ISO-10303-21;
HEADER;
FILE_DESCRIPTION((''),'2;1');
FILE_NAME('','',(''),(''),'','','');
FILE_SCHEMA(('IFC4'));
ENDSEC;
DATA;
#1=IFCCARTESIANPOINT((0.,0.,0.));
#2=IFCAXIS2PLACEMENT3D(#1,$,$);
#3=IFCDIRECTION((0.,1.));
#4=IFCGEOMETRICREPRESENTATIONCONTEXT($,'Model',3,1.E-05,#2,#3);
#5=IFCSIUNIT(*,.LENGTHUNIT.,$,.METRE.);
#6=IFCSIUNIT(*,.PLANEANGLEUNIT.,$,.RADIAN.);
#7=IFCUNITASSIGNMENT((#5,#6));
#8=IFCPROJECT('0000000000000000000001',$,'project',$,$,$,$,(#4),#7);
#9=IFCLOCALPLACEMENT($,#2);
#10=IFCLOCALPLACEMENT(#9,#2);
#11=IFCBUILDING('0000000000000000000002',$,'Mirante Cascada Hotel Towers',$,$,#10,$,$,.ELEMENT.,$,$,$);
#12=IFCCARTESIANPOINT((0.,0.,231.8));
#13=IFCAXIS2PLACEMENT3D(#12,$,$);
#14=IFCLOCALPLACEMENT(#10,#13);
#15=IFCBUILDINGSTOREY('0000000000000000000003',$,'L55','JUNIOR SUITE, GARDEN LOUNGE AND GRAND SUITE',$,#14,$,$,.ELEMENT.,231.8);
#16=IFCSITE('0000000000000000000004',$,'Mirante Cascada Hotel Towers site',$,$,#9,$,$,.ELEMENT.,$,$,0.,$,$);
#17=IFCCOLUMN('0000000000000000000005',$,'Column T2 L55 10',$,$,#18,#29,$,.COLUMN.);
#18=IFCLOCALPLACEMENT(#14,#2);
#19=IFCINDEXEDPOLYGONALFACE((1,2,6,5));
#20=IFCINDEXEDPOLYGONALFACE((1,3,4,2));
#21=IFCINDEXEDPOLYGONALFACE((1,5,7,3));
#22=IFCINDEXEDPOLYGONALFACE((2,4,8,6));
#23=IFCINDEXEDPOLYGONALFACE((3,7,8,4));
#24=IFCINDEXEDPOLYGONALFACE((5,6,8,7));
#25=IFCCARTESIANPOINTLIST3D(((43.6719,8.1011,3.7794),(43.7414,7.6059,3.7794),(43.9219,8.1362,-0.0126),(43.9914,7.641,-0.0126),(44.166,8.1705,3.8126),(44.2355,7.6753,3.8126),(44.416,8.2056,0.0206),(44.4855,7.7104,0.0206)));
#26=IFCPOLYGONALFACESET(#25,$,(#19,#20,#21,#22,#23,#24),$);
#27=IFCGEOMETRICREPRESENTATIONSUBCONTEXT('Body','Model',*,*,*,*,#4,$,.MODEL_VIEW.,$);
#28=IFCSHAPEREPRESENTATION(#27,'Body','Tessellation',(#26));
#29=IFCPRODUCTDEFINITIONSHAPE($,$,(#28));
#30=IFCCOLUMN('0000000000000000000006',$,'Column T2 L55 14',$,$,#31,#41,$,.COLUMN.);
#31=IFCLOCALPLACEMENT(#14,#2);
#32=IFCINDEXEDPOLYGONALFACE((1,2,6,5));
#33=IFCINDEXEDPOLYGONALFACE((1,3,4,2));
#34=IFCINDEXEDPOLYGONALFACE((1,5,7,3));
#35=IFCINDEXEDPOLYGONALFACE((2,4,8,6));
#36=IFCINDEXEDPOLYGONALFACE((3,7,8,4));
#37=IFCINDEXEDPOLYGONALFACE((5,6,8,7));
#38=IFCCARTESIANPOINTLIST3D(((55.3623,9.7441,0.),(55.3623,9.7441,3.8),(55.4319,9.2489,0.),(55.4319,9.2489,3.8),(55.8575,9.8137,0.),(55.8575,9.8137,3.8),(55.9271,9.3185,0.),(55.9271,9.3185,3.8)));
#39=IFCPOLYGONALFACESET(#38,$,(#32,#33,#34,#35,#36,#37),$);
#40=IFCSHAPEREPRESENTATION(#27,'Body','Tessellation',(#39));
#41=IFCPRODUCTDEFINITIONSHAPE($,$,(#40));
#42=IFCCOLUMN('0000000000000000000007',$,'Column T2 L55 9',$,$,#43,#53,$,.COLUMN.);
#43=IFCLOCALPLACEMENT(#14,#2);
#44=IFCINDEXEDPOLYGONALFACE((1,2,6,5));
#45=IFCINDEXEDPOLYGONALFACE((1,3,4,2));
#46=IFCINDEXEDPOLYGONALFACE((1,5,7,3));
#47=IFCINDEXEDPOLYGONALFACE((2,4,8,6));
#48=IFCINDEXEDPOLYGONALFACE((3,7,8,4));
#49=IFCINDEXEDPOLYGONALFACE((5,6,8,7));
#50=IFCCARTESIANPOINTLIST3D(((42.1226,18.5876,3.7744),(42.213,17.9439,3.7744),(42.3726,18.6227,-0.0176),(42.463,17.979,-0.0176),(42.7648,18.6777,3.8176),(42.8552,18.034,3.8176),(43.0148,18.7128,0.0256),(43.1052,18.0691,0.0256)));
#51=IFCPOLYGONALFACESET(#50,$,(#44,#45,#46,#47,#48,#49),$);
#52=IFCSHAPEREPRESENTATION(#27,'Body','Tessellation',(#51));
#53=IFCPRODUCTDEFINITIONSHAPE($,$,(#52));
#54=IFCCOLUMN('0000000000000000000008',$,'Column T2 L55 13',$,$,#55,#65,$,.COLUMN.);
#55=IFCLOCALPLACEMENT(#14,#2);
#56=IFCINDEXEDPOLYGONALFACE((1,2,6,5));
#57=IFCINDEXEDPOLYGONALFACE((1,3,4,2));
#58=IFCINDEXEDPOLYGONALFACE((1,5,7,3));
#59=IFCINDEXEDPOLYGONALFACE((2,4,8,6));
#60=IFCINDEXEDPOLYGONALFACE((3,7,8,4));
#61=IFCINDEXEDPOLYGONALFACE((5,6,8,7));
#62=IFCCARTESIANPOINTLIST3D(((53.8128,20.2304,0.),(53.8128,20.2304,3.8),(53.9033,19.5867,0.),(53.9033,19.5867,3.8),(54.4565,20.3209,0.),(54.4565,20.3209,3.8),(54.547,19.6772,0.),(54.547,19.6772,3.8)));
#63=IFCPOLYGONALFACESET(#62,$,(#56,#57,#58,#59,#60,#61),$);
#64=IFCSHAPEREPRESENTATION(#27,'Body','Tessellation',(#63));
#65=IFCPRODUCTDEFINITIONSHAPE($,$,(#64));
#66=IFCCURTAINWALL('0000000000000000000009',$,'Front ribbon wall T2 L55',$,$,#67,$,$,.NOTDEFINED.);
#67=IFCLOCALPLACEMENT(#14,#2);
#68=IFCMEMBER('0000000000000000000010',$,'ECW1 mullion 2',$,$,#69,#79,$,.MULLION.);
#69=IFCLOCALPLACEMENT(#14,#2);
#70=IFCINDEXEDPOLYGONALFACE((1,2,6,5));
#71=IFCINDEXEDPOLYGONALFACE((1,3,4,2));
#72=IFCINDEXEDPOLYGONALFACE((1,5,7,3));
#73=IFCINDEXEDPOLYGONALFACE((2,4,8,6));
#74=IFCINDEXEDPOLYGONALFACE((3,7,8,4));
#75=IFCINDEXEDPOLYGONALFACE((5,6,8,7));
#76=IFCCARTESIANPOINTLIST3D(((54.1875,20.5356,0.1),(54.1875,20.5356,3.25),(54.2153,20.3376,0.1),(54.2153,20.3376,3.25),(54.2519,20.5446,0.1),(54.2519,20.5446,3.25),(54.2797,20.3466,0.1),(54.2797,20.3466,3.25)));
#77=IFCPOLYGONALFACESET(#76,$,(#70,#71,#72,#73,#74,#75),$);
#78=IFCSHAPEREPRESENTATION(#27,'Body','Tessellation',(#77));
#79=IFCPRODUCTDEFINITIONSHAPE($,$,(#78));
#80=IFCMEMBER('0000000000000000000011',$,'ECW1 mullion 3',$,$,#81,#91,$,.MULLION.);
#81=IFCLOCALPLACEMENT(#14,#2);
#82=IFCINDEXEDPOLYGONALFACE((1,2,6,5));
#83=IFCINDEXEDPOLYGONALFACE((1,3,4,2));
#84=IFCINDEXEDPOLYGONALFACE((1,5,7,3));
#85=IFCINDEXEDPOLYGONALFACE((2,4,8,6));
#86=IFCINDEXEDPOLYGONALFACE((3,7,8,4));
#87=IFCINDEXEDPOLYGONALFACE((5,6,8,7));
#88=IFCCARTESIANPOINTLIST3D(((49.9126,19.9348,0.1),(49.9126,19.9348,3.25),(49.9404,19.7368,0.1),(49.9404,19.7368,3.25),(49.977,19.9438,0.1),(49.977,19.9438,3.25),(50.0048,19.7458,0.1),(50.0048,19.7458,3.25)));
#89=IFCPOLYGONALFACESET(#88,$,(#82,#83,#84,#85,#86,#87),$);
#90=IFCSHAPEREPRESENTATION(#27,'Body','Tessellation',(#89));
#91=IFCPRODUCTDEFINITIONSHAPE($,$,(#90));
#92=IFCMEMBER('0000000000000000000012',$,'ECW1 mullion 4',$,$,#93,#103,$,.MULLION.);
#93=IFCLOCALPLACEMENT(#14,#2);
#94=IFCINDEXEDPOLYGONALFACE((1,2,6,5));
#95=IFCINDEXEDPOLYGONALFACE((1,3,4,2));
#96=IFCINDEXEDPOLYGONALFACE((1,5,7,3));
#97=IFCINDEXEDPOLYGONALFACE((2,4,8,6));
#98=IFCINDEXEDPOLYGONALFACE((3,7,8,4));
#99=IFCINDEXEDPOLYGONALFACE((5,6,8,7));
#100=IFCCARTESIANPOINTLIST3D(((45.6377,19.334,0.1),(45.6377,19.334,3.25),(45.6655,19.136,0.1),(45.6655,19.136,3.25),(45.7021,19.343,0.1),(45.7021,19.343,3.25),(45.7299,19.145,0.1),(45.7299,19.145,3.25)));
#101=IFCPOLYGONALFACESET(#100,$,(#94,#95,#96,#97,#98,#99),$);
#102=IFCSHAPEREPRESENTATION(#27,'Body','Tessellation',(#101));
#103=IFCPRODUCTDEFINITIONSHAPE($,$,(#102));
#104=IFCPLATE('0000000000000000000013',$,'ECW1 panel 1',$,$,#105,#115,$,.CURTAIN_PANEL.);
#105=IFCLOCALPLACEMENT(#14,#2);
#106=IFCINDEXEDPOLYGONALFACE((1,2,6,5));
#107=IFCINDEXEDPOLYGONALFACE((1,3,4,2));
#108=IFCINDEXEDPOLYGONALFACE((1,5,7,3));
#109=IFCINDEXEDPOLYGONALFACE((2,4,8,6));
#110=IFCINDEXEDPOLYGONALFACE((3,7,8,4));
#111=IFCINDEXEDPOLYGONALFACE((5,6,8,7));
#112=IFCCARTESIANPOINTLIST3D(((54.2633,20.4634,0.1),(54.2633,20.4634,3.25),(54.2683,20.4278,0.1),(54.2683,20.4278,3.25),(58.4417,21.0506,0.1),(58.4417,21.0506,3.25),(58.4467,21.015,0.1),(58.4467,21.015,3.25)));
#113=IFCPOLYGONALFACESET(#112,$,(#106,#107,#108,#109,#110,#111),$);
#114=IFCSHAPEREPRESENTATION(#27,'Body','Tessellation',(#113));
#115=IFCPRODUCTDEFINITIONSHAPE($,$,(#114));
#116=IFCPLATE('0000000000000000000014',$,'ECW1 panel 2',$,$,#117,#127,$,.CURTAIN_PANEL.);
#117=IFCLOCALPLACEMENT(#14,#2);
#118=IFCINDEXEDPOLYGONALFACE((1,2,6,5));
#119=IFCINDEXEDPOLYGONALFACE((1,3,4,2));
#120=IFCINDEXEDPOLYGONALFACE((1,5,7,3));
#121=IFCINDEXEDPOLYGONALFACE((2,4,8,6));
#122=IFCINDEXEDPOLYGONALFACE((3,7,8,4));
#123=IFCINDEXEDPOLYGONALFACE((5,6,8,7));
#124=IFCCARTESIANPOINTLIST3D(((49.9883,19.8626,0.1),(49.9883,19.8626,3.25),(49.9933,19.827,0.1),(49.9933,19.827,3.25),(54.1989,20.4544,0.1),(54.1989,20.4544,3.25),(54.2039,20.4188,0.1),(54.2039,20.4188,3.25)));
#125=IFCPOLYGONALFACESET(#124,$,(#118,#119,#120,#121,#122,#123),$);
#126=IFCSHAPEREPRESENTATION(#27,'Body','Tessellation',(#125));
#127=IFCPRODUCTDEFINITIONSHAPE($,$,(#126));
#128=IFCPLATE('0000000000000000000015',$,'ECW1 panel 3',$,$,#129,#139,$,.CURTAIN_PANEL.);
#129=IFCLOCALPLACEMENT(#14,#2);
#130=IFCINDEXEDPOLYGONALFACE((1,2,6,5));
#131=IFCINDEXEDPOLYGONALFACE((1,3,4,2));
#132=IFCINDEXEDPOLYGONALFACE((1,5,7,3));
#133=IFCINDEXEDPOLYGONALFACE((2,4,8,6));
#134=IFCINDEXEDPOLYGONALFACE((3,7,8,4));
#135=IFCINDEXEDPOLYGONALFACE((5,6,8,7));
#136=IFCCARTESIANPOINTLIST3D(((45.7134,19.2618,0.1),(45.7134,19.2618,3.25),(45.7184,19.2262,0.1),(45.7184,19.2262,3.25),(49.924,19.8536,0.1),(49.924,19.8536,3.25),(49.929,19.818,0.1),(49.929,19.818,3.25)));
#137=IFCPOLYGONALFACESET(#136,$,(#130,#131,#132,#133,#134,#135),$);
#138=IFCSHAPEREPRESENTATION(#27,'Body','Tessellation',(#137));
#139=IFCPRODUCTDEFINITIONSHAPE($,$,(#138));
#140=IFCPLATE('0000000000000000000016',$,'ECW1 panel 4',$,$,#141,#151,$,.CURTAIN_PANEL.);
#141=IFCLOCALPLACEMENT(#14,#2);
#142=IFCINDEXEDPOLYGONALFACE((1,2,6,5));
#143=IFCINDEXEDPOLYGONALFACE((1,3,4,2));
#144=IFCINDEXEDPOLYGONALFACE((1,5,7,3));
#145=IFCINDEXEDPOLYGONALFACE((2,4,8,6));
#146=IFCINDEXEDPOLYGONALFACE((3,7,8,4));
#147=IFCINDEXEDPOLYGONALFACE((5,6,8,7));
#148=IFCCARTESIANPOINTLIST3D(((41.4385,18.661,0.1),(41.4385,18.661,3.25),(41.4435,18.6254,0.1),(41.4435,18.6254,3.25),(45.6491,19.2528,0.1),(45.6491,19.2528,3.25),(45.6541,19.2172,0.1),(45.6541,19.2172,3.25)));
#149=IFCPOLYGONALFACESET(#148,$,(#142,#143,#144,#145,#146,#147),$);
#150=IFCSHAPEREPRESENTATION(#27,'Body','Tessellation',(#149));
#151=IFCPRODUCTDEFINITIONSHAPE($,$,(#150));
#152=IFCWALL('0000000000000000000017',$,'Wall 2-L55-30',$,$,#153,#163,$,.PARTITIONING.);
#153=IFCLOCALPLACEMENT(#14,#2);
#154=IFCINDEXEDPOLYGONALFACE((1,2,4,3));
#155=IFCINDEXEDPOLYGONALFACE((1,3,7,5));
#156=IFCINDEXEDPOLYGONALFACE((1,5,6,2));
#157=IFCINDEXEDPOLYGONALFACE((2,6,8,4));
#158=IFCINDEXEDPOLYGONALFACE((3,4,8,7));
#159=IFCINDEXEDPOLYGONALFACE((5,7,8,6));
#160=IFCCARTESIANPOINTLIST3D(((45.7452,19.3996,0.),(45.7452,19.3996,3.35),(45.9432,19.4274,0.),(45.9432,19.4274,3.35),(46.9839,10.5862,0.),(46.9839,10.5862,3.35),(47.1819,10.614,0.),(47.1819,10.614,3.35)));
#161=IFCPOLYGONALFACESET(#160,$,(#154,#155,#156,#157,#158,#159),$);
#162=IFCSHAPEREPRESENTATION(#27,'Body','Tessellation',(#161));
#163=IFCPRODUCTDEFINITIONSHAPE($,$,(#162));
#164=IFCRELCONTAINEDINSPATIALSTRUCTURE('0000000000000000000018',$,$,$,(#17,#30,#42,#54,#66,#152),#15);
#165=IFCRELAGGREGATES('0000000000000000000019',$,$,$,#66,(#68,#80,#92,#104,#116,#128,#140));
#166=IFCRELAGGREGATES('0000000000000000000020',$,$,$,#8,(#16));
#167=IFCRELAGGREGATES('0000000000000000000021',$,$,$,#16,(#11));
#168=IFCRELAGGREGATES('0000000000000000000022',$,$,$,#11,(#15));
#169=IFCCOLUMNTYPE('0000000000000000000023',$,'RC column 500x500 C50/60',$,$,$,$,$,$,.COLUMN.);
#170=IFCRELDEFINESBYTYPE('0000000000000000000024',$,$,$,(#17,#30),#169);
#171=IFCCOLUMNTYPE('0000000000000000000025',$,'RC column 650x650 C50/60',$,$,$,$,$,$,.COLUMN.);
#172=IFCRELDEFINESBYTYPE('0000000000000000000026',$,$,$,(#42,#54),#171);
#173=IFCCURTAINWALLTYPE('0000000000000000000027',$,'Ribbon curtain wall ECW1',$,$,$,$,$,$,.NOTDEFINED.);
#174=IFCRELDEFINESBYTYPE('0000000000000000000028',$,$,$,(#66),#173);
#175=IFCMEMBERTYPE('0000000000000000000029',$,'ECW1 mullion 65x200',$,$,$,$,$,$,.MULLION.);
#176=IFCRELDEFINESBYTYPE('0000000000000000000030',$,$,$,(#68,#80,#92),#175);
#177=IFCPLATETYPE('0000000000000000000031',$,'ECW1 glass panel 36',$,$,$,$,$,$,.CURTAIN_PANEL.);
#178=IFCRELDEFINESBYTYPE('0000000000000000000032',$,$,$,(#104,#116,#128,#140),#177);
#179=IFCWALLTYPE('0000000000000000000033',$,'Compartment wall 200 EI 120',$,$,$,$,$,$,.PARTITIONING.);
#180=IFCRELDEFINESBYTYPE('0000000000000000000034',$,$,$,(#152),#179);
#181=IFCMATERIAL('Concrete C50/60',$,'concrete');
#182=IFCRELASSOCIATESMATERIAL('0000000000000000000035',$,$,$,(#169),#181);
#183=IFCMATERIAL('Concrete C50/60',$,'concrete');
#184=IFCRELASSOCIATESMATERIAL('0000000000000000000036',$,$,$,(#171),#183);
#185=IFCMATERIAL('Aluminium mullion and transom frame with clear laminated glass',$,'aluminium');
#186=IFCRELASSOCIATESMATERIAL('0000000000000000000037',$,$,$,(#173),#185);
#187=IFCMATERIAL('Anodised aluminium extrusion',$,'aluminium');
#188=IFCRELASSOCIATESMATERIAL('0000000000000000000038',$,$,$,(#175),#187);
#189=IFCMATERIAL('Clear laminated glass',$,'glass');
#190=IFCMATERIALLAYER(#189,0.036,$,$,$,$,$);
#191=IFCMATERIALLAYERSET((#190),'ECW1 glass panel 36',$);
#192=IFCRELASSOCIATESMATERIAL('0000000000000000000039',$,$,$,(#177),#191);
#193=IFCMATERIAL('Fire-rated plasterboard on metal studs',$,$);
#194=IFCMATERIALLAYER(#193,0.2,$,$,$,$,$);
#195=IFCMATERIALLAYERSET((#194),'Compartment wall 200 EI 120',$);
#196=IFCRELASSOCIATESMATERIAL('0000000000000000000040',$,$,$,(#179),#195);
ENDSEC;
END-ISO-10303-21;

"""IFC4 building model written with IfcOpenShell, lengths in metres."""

from ifc_helpers import new_model, si_unit, direction, frame, frame_2d, origin, origin_2d, place, context, subcontext, project, spatial, rectangle, extrude, material, layer, layer_set, material_profile, profile_set, type_object, element, aggregate, save


model = new_model("IFC4")

# Units and contexts
model_context = context("Model", 3, precision=1e-05, world=origin(), true_north=direction((0.0, 1.0)))
body_context = subcontext(model_context, "Body", "Model", "MODEL_VIEW")
ifc_project = project(units=[si_unit("LENGTHUNIT", "METRE"), si_unit("PLANEANGLEUNIT", "RADIAN")], contexts=[model_context])

# Site, building, storey
site_placement = place(None, origin())
site = spatial("IfcSite", under=ifc_project, at=site_placement, Name="Mirante Cascada Hotel Towers site", CompositionType="ELEMENT", RefElevation=0.0)
building_placement = place(site_placement, origin())
building = spatial("IfcBuilding", under=site, at=building_placement, Name="Mirante Cascada Hotel Towers", CompositionType="ELEMENT")
storey_placement = place(building_placement, frame((0.0, 0.0, 231.8)))
storey = spatial("IfcBuildingStorey", under=building, at=storey_placement, Name="L55", Description="JUNIOR SUITE, GARDEN LOUNGE AND GRAND SUITE", CompositionType="ELEMENT", Elevation=231.8)

# Columns
ifc_material_1 = material(Name="Concrete C50/60", Category="concrete")
ifc_material_profile_1 = material_profile(ifc_material_1, rectangle(XDim=0.5, YDim=0.5, at=origin_2d()), Name="RC column 500x500 C50/60")
ifc_profile_set_1 = profile_set([ifc_material_profile_1], Name="Concrete C50/60")
column_type_1 = type_object("IfcColumnType", Name="RC column 500x500 C50/60", PredefinedType="COLUMN", material=ifc_profile_set_1)
column_1_placement = place(storey_placement, frame((44.2037, 7.9233, 0.004), z_axis=(-0.065783, -0.009236, 0.997791), x_axis=(0.139036, -0.990287, 0.0)))
element("IfcColumn", 1, at=column_1_placement, inside=storey, type_object=column_type_1, Name="Column T2 L55 10", PredefinedType="COLUMN", context=body_context, shape_type="SweptSolid", body=[
    extrude(rectangle(XDim=0.5, YDim=0.5, at=origin_2d()), origin(), (0.0, 0.0, 1.0), 3.8004),
])
column_2_placement = place(storey_placement, frame((55.6447, 9.5313, 0.0), z_axis=(0.0, 0.0, 1.0), x_axis=(0.990268, 0.139173, 0.0)))
element("IfcColumn", 2, at=column_2_placement, inside=storey, type_object=column_type_1, Name="Column T2 L55 14", PredefinedType="COLUMN", context=body_context, shape_type="SweptSolid", body=[
    extrude(rectangle(XDim=0.5, YDim=0.5, at=origin_2d()), origin(), (0.0, 0.0, 1.0), 3.8),
])
ifc_material_2 = material(Name="Concrete C50/60", Category="concrete")
ifc_material_profile_2 = material_profile(ifc_material_2, rectangle(XDim=0.65, YDim=0.65, at=origin_2d()), Name="RC column 650x650 C50/60")
ifc_profile_set_2 = profile_set([ifc_material_profile_2], Name="Concrete C50/60")
column_type_2 = type_object("IfcColumnType", Name="RC column 650x650 C50/60", PredefinedType="COLUMN", material=ifc_profile_set_2)
column_3_placement = place(storey_placement, frame((42.7389, 18.3459, 0.004), z_axis=(-0.065783, -0.009236, 0.997791), x_axis=(0.139036, -0.990287, 0.0)))
element("IfcColumn", 3, at=column_3_placement, inside=storey, type_object=column_type_2, Name="Column T2 L55 9", PredefinedType="COLUMN", context=body_context, shape_type="SweptSolid", body=[
    extrude(rectangle(XDim=0.65, YDim=0.65, at=origin_2d()), origin(), (0.0, 0.0, 1.0), 3.8004),
])
column_4_placement = place(storey_placement, frame((54.1799, 19.9538, 0.0), z_axis=(0.0, 0.0, 1.0), x_axis=(0.990268, 0.139173, 0.0)))
element("IfcColumn", 4, at=column_4_placement, inside=storey, type_object=column_type_2, Name="Column T2 L55 13", PredefinedType="COLUMN", context=body_context, shape_type="SweptSolid", body=[
    extrude(rectangle(XDim=0.65, YDim=0.65, at=origin_2d()), origin(), (0.0, 0.0, 1.0), 3.8),
])

# Curtain wall, members, plates
ifc_material_3 = material(Name="Aluminium mullion and transom frame with clear laminated glass", Category="aluminium")
curtain_wall_type = type_object("IfcCurtainWallType", Name="Ribbon curtain wall ECW1", PredefinedType="NOTDEFINED", material=ifc_material_3)
curtain_wall_placement = place(storey_placement, origin())
curtain_wall = element("IfcCurtainWall", 5, at=curtain_wall_placement, inside=storey, type_object=curtain_wall_type, Name="Front ribbon wall T2 L55", PredefinedType="NOTDEFINED")
ifc_material_4 = material(Name="Anodised aluminium extrusion", Category="aluminium")
ifc_material_profile_3 = material_profile(ifc_material_4, rectangle(XDim=0.2, YDim=0.065, at=origin_2d()), Name="ECW1 MULLION 65x200")
ifc_profile_set_3 = profile_set([ifc_material_profile_3], Name="Anodised aluminium extrusion")
member_type = type_object("IfcMemberType", Name="ECW1 mullion 65x200", PredefinedType="MULLION", material=ifc_profile_set_3)
member_1_placement = place(storey_placement, frame((54.2336, 20.4411, 0.1), z_axis=(0.0, 0.0, 1.0), x_axis=(0.139173, -0.990268, 0.0)))
member_1 = element("IfcMember", 6, at=member_1_placement, type_object=member_type, Name="ECW1 mullion 2", PredefinedType="MULLION", context=body_context, shape_type="SweptSolid", body=[
    extrude(rectangle(XDim=0.2, YDim=0.065, at=origin_2d()), origin(), (0.0, 0.0, 1.0), 3.15),
])
member_2_placement = place(storey_placement, frame((49.9587, 19.8403, 0.1), z_axis=(0.0, 0.0, 1.0), x_axis=(0.139173, -0.990268, 0.0)))
member_2 = element("IfcMember", 7, at=member_2_placement, type_object=member_type, Name="ECW1 mullion 3", PredefinedType="MULLION", context=body_context, shape_type="SweptSolid", body=[
    extrude(rectangle(XDim=0.2, YDim=0.065, at=origin_2d()), origin(), (0.0, 0.0, 1.0), 3.15),
])
member_3_placement = place(storey_placement, frame((45.6838, 19.2395, 0.1), z_axis=(0.0, 0.0, 1.0), x_axis=(0.139173, -0.990268, 0.0)))
member_3 = element("IfcMember", 8, at=member_3_placement, type_object=member_type, Name="ECW1 mullion 4", PredefinedType="MULLION", context=body_context, shape_type="SweptSolid", body=[
    extrude(rectangle(XDim=0.2, YDim=0.065, at=origin_2d()), origin(), (0.0, 0.0, 1.0), 3.15),
])
ifc_material_5 = material(Name="Clear laminated glass", Category="glass")
ifc_layer_1 = layer(ifc_material_5, 0.036)
ifc_layer_set_1 = layer_set([ifc_layer_1], Name="ECW1 glass panel 36")
plate_type = type_object("IfcPlateType", Name="ECW1 glass panel 36", PredefinedType="CURTAIN_PANEL", material=ifc_layer_set_1)
plate_1_placement = place(storey_placement, frame((56.355, 20.7392, 0.1), z_axis=(0.0, 0.0, 1.0), x_axis=(-0.990268, -0.139173, 0.0)))
plate_1 = element("IfcPlate", 9, at=plate_1_placement, type_object=plate_type, Name="ECW1 panel 1", PredefinedType="CURTAIN_PANEL", context=body_context, shape_type="SweptSolid", body=[
    extrude(rectangle(XDim=4.2194, YDim=0.036, at=origin_2d()), origin(), (0.0, 0.0, 1.0), 3.15),
])
plate_2_placement = place(storey_placement, frame((52.0961, 20.1407, 0.1), z_axis=(0.0, 0.0, 1.0), x_axis=(-0.990268, -0.139173, 0.0)))
plate_2 = element("IfcPlate", 10, at=plate_2_placement, type_object=plate_type, Name="ECW1 panel 2", PredefinedType="CURTAIN_PANEL", context=body_context, shape_type="SweptSolid", body=[
    extrude(rectangle(XDim=4.2519, YDim=0.036, at=origin_2d()), origin(), (0.0, 0.0, 1.0), 3.15),
])
plate_3_placement = place(storey_placement, frame((47.8212, 19.5399, 0.1), z_axis=(0.0, 0.0, 1.0), x_axis=(-0.990268, -0.139173, 0.0)))
plate_3 = element("IfcPlate", 11, at=plate_3_placement, type_object=plate_type, Name="ECW1 panel 3", PredefinedType="CURTAIN_PANEL", context=body_context, shape_type="SweptSolid", body=[
    extrude(rectangle(XDim=4.2519, YDim=0.036, at=origin_2d()), origin(), (0.0, 0.0, 1.0), 3.15),
])
plate_4_placement = place(storey_placement, frame((43.5463, 18.9391, 0.1), z_axis=(0.0, 0.0, 1.0), x_axis=(-0.990268, -0.139173, 0.0)))
plate_4 = element("IfcPlate", 12, at=plate_4_placement, type_object=plate_type, Name="ECW1 panel 4", PredefinedType="CURTAIN_PANEL", context=body_context, shape_type="SweptSolid", body=[
    extrude(rectangle(XDim=4.2519, YDim=0.036, at=origin_2d()), origin(), (0.0, 0.0, 1.0), 3.15),
])
aggregate(curtain_wall, [member_1, member_2, member_3, plate_1, plate_2, plate_3, plate_4])

# Wall
ifc_material_6 = material(Name="Fire-rated plasterboard on metal studs")
ifc_layer_2 = layer(ifc_material_6, 0.2)
ifc_layer_set_2 = layer_set([ifc_layer_2], Name="Compartment wall 200 EI 120")
wall_type_1 = type_object("IfcWallType", Name="Compartment wall 200 EI 120", PredefinedType="PARTITIONING", material=ifc_layer_set_2)
wall_1_placement = place(storey_placement, frame((47.0829, 10.6001, 0.0), z_axis=(0.0, 0.0, 1.0), x_axis=(-0.139179, 0.990267, 0.0)))
element("IfcWall", 13, at=wall_1_placement, inside=storey, type_object=wall_type_1, Name="Wall 2-L55-30", PredefinedType="PARTITIONING", context=body_context, shape_type="SweptSolid", body=[
    extrude(rectangle(XDim=8.9, YDim=0.2, at=frame_2d((4.45, 0.0))), origin(), (0.0, 0.0, 1.0), 3.35),
])

save(model, "model.ifc")
